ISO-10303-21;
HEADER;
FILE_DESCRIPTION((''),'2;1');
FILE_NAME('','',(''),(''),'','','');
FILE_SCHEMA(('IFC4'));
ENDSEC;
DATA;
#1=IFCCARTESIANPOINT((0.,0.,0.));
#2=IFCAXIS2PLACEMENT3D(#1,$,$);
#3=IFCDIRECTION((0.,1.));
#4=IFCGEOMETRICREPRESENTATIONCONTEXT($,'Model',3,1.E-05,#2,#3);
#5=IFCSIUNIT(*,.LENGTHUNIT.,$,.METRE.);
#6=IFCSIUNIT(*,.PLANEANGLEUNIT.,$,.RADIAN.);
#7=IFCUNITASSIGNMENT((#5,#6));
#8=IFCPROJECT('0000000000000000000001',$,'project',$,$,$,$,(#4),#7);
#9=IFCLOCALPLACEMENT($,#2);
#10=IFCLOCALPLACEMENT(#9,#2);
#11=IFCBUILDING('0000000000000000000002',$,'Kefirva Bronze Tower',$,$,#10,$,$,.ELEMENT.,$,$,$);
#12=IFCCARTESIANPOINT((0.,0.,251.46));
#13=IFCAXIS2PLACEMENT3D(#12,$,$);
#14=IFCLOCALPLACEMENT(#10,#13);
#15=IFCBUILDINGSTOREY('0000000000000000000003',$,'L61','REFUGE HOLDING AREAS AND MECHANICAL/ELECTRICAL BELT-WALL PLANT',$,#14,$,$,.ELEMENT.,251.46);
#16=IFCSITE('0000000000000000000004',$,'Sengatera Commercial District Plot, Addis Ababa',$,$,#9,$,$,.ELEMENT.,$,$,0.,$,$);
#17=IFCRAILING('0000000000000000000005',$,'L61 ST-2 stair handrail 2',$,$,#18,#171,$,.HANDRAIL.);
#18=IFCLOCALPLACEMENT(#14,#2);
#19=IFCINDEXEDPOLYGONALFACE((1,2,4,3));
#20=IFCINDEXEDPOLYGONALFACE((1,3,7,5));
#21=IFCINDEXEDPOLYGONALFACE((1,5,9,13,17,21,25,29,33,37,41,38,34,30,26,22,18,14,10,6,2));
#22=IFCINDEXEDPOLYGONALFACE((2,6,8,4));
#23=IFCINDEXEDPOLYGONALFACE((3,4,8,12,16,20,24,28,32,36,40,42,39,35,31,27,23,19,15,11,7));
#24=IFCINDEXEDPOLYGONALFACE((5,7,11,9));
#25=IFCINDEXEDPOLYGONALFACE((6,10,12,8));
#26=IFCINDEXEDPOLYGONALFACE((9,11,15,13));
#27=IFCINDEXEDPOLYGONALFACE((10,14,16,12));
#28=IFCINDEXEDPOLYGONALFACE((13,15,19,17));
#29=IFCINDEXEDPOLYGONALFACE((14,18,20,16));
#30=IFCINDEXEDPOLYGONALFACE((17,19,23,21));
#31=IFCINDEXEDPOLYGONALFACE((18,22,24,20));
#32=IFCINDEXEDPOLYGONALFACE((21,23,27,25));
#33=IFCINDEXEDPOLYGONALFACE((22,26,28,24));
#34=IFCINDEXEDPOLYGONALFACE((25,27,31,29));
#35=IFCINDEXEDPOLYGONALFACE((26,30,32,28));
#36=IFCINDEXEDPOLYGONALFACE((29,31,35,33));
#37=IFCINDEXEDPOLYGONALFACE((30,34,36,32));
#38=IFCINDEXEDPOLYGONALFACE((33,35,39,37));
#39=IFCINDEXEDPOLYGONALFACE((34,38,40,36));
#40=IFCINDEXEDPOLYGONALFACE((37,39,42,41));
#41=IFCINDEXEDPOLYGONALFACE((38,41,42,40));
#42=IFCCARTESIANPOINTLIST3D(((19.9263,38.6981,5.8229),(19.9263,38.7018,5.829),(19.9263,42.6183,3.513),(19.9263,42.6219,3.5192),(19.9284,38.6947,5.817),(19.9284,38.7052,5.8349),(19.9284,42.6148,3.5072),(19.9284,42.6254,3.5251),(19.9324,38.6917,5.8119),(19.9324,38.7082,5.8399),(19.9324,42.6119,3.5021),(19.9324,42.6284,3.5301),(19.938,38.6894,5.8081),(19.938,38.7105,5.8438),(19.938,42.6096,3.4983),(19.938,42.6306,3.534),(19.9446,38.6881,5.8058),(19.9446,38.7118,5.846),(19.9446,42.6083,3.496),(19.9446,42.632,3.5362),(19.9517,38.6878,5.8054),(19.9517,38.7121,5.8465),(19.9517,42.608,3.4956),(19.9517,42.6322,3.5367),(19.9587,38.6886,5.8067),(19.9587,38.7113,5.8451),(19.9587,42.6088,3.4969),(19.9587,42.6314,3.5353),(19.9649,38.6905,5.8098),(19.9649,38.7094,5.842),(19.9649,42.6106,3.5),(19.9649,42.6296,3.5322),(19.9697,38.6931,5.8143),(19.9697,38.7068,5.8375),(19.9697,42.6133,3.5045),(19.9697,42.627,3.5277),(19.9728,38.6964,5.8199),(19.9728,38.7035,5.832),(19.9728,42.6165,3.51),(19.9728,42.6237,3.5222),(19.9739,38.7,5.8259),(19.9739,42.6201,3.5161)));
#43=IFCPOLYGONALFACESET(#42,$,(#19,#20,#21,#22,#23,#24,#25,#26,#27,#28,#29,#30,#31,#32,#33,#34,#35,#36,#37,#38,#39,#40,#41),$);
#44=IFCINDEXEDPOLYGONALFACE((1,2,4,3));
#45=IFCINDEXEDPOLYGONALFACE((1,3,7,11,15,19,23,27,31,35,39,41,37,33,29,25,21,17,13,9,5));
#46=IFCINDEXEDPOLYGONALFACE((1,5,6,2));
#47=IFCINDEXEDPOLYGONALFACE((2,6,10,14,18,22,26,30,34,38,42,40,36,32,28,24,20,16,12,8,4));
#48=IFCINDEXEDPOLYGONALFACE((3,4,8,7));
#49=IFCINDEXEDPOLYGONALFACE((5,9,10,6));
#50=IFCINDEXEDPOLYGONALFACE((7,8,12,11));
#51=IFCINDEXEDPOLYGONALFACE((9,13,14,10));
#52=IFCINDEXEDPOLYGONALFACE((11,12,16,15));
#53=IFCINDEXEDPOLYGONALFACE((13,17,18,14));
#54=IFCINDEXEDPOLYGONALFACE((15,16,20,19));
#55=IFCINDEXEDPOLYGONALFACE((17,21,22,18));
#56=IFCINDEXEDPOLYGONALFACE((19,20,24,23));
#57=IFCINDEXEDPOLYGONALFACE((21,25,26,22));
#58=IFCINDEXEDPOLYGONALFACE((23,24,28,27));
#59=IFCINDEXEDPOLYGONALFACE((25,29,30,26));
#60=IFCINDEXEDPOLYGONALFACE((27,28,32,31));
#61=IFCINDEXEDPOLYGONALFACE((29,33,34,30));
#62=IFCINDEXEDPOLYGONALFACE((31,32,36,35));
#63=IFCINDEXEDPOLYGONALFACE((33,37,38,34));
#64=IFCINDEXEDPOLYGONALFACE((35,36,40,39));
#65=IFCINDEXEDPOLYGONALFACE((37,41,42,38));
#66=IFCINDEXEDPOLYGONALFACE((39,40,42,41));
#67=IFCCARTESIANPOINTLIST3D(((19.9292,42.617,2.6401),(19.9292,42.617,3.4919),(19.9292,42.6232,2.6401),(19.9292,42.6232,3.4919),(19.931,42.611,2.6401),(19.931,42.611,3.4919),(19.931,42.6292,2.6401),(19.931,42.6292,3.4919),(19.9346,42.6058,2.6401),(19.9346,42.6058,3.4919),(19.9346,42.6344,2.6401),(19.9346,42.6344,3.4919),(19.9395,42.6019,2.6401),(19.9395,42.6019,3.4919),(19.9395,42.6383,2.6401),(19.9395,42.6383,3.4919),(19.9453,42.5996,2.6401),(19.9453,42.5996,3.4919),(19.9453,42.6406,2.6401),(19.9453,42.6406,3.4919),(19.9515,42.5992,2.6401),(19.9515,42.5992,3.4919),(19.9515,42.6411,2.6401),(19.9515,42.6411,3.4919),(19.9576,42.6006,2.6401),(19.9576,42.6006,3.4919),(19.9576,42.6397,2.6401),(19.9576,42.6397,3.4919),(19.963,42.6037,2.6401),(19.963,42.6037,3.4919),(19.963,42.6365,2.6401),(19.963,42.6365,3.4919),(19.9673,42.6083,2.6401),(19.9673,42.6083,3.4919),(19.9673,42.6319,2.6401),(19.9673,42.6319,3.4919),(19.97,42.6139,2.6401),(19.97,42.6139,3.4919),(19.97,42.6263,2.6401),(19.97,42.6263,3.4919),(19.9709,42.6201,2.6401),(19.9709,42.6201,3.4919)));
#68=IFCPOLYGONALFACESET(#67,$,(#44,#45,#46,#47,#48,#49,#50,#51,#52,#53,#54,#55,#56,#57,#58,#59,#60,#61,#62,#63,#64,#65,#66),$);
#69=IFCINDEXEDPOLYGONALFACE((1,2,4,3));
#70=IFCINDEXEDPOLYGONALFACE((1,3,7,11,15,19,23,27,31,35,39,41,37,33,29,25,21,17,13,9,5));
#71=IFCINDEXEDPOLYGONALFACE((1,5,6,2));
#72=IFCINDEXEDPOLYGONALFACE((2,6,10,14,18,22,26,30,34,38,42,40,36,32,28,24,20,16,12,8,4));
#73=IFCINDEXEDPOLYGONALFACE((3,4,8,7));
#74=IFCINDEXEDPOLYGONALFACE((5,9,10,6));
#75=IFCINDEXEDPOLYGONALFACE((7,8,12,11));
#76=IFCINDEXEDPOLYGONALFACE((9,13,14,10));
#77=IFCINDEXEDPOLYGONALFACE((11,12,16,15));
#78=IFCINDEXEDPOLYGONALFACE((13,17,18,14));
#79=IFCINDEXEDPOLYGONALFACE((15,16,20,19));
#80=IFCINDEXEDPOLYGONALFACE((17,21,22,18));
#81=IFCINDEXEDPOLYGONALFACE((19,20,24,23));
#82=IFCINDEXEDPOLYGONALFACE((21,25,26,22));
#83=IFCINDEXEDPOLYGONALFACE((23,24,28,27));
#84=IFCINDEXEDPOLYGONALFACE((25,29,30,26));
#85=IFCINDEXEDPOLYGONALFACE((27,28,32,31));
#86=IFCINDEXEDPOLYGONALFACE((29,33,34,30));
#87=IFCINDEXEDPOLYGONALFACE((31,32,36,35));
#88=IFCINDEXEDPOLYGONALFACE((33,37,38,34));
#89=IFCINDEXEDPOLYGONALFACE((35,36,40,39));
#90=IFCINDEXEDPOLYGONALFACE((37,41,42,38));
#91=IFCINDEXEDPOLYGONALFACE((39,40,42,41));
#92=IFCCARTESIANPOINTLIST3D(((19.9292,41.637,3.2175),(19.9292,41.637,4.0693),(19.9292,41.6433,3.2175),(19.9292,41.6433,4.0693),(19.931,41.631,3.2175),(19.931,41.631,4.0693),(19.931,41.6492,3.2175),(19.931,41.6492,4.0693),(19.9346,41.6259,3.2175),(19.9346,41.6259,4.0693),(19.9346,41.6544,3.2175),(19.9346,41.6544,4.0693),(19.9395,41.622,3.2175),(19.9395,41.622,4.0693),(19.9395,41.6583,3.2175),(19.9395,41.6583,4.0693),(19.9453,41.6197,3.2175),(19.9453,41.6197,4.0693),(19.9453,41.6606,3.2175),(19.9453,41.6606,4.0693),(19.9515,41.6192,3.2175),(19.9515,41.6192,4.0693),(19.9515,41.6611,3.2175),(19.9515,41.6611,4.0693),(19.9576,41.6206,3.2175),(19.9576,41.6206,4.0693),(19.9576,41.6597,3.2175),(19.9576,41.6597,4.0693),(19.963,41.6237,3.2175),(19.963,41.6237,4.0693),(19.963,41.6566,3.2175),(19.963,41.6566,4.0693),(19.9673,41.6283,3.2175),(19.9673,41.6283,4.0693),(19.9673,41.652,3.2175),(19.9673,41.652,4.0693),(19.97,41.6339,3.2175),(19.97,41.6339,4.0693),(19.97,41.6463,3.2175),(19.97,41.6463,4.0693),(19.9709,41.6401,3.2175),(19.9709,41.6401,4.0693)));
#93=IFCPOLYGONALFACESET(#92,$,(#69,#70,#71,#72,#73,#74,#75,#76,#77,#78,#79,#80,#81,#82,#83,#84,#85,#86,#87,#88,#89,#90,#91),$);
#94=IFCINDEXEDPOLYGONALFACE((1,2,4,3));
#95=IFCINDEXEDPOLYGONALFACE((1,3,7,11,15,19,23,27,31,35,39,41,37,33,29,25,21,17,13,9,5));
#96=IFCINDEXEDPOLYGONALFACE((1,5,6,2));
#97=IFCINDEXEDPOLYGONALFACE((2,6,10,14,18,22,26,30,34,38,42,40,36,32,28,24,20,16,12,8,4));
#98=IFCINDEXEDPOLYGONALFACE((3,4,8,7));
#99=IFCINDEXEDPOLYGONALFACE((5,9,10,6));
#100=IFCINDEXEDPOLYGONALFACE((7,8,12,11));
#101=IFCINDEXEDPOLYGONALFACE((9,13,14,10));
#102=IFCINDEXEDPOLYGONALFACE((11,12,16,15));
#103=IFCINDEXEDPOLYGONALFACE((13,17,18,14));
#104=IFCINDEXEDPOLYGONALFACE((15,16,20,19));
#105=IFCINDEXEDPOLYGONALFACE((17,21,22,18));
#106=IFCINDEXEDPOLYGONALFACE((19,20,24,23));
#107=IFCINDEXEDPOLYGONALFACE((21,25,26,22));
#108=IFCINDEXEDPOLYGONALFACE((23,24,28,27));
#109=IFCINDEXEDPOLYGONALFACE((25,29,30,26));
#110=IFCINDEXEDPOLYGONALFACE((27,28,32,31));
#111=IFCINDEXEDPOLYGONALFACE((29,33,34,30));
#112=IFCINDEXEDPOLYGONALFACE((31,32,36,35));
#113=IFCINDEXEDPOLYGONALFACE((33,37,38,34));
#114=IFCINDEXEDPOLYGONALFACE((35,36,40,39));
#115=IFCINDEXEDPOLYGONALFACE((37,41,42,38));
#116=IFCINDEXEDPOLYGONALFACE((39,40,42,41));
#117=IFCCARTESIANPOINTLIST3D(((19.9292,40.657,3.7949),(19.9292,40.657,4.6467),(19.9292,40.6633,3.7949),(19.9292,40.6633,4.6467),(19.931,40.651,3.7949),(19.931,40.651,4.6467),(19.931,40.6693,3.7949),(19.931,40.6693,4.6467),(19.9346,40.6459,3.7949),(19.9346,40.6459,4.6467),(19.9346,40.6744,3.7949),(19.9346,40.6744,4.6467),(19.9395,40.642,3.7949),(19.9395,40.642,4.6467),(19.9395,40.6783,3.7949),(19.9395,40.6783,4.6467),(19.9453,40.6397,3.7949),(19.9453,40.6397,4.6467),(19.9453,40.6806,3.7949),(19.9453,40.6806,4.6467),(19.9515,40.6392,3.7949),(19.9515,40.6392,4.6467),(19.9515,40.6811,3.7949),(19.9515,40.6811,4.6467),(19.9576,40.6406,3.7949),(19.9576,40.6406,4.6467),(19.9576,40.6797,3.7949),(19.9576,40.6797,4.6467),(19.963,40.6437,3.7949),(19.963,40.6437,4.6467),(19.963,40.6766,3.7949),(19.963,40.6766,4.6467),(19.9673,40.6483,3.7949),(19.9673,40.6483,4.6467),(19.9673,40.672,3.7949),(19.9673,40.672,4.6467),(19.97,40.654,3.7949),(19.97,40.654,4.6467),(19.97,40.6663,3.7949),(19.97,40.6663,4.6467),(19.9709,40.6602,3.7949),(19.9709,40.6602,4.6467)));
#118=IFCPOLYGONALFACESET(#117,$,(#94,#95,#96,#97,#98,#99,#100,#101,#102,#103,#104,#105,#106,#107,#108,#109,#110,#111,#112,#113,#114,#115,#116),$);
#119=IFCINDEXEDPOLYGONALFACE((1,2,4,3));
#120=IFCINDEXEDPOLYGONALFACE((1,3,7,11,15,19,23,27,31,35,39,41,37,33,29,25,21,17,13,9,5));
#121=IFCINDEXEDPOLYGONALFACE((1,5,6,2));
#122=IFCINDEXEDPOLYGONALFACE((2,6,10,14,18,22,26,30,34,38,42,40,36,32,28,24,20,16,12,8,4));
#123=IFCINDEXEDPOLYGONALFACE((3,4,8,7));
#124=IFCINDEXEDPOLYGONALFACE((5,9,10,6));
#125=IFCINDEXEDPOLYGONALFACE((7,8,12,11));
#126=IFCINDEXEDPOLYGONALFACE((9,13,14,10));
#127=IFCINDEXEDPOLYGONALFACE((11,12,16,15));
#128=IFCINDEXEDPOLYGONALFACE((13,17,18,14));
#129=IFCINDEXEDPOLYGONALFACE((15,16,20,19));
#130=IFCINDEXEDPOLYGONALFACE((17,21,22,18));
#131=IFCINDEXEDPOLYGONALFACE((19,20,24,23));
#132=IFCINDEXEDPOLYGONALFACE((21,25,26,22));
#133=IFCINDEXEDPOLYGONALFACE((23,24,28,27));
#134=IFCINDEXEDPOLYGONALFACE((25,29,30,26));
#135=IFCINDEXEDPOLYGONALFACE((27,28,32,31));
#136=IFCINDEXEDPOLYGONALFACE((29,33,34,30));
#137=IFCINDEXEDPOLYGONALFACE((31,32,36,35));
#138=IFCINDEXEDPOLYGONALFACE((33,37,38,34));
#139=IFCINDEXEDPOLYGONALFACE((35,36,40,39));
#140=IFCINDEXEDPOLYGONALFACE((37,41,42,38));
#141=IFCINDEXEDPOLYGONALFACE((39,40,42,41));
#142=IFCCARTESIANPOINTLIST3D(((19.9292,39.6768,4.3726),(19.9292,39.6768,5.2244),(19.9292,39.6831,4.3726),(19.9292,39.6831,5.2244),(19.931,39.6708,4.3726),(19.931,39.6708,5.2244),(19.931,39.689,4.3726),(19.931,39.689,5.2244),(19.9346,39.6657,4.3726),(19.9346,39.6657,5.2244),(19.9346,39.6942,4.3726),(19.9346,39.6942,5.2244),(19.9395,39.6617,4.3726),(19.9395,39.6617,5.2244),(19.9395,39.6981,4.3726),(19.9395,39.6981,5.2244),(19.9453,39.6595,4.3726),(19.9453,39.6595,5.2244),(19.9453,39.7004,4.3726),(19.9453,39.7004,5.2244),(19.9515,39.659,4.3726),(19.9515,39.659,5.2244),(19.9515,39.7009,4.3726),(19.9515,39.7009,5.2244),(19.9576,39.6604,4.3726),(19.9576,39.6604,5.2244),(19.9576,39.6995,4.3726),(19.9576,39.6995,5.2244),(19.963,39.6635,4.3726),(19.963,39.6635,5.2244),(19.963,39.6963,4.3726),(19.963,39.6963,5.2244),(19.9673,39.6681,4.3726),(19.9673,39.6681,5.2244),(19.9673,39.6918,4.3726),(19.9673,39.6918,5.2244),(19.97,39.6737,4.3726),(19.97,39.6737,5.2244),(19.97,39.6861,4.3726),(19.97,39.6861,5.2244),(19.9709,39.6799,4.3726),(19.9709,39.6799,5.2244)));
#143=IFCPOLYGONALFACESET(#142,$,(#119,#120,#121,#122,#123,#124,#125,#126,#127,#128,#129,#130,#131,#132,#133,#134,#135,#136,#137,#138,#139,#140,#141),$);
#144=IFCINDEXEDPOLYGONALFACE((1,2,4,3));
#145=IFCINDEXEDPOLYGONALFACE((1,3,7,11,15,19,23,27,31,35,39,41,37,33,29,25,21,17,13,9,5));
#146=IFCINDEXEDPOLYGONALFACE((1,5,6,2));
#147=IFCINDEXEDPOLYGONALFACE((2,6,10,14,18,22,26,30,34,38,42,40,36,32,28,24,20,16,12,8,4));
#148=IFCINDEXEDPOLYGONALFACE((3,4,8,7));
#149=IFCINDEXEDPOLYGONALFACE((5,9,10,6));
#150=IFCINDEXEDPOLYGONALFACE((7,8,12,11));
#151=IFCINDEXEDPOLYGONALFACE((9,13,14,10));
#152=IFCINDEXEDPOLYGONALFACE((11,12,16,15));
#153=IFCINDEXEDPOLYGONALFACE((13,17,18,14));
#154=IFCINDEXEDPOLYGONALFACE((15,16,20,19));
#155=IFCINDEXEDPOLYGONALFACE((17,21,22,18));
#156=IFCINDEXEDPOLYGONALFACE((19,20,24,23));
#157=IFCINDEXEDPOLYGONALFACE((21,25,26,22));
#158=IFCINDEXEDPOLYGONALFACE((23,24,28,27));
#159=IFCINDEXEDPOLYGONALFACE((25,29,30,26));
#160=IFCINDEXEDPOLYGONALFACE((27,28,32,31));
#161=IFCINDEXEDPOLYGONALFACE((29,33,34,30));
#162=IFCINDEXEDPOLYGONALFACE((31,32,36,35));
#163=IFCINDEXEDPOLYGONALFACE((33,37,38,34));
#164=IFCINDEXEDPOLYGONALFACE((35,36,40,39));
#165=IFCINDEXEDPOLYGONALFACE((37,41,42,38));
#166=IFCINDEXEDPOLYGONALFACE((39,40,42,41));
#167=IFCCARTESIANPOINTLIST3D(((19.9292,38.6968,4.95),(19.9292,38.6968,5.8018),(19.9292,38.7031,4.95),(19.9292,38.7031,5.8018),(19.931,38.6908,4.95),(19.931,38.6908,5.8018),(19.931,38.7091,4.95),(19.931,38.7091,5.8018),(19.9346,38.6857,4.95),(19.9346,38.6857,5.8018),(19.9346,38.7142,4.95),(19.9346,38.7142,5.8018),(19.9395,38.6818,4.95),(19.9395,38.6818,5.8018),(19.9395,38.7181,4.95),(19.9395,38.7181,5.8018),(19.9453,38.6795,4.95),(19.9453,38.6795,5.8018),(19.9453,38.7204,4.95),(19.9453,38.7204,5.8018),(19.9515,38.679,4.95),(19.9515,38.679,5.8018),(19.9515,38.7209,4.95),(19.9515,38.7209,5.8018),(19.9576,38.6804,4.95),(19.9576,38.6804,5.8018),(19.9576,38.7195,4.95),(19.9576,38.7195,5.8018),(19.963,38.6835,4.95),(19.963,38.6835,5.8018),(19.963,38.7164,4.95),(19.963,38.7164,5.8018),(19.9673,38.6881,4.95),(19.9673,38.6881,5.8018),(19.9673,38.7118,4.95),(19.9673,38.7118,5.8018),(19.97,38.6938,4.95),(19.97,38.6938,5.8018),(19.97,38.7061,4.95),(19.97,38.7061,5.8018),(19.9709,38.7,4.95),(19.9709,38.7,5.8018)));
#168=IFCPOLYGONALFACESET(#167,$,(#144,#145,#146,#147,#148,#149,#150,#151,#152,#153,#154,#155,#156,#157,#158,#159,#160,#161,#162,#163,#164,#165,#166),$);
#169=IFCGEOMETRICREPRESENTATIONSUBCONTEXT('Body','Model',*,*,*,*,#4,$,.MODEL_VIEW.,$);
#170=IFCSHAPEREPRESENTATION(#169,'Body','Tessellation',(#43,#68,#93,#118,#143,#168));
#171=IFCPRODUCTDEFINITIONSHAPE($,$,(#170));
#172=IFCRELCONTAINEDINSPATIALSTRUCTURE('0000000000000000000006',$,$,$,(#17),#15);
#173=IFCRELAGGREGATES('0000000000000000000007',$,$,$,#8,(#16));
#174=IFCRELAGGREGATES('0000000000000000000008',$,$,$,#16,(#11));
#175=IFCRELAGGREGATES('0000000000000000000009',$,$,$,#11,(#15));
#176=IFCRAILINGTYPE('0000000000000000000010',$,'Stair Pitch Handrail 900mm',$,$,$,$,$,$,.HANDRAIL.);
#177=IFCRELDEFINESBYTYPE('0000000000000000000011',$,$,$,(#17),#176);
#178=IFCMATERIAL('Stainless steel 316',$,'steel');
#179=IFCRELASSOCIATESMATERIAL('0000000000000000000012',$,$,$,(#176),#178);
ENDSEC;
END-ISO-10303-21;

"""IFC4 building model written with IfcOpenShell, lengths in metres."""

from ifc_helpers import new_model, si_unit, direction, frame, origin, origin_2d, place, context, subcontext, project, spatial, circle, extrude, material, type_object, element, save


model = new_model("IFC4")

# Units and contexts
model_context = context("Model", 3, precision=1e-05, world=origin(), true_north=direction((0.0, 1.0)))
body_context = subcontext(model_context, "Body", "Model", "MODEL_VIEW")
ifc_project = project(units=[si_unit("LENGTHUNIT", "METRE"), si_unit("PLANEANGLEUNIT", "RADIAN")], contexts=[model_context])

# Site, building, storey
site_placement = place(None, origin())
site = spatial("IfcSite", under=ifc_project, at=site_placement, Name="Sengatera Commercial District Plot, Addis Ababa", CompositionType="ELEMENT", RefElevation=0.0)
building_placement = place(site_placement, origin())
building = spatial("IfcBuilding", under=site, at=building_placement, Name="Kefirva Bronze Tower", CompositionType="ELEMENT")
storey_placement = place(building_placement, frame((0.0, 0.0, 251.46)))
storey = spatial("IfcBuildingStorey", under=building, at=storey_placement, Name="L61", Description="REFUGE HOLDING AREAS AND MECHANICAL/ELECTRICAL BELT-WALL PLANT", CompositionType="ELEMENT", Elevation=251.46)

# Railing
ifc_material_1 = material(Name="Stainless steel 316", Category="steel")
railing_type_1 = type_object("IfcRailingType", Name="Stair Pitch Handrail 900mm", PredefinedType="HANDRAIL", material=ifc_material_1)
railing_1_placement = place(storey_placement, frame((19.95, 42.6201, 2.6401)))
element("IfcRailing", 1, at=railing_1_placement, inside=storey, type_object=railing_type_1, Name="L61 ST-2 stair handrail 2", PredefinedType="HANDRAIL", context=body_context, shape_type="SweptSolid", body=[
    extrude(circle(Radius=0.0239, at=origin_2d()), frame((0.0, 0.0, 0.876), z_axis=(0.0, -0.861566, 0.507646), x_axis=(1.0, 0.0, 0.0)), (0.0, 0.0, 1.0), 4.55),
    extrude(circle(Radius=0.021, at=origin_2d()), origin(), (0.0, 0.0, 1.0), 0.8518),
    extrude(circle(Radius=0.021, at=origin_2d()), frame((0.0, -0.98, 0.5774)), (0.0, 0.0, 1.0), 0.8518),
    extrude(circle(Radius=0.021, at=origin_2d()), frame((0.0, -1.96, 1.1548)), (0.0, 0.0, 1.0), 0.8518),
    extrude(circle(Radius=0.021, at=origin_2d()), frame((0.0, -2.9402, 1.7324)), (0.0, 0.0, 1.0), 0.8518),
    extrude(circle(Radius=0.021, at=origin_2d()), frame((0.0, -3.9202, 2.3098)), (0.0, 0.0, 1.0), 0.8518),
])

save(model, "model.ifc")
